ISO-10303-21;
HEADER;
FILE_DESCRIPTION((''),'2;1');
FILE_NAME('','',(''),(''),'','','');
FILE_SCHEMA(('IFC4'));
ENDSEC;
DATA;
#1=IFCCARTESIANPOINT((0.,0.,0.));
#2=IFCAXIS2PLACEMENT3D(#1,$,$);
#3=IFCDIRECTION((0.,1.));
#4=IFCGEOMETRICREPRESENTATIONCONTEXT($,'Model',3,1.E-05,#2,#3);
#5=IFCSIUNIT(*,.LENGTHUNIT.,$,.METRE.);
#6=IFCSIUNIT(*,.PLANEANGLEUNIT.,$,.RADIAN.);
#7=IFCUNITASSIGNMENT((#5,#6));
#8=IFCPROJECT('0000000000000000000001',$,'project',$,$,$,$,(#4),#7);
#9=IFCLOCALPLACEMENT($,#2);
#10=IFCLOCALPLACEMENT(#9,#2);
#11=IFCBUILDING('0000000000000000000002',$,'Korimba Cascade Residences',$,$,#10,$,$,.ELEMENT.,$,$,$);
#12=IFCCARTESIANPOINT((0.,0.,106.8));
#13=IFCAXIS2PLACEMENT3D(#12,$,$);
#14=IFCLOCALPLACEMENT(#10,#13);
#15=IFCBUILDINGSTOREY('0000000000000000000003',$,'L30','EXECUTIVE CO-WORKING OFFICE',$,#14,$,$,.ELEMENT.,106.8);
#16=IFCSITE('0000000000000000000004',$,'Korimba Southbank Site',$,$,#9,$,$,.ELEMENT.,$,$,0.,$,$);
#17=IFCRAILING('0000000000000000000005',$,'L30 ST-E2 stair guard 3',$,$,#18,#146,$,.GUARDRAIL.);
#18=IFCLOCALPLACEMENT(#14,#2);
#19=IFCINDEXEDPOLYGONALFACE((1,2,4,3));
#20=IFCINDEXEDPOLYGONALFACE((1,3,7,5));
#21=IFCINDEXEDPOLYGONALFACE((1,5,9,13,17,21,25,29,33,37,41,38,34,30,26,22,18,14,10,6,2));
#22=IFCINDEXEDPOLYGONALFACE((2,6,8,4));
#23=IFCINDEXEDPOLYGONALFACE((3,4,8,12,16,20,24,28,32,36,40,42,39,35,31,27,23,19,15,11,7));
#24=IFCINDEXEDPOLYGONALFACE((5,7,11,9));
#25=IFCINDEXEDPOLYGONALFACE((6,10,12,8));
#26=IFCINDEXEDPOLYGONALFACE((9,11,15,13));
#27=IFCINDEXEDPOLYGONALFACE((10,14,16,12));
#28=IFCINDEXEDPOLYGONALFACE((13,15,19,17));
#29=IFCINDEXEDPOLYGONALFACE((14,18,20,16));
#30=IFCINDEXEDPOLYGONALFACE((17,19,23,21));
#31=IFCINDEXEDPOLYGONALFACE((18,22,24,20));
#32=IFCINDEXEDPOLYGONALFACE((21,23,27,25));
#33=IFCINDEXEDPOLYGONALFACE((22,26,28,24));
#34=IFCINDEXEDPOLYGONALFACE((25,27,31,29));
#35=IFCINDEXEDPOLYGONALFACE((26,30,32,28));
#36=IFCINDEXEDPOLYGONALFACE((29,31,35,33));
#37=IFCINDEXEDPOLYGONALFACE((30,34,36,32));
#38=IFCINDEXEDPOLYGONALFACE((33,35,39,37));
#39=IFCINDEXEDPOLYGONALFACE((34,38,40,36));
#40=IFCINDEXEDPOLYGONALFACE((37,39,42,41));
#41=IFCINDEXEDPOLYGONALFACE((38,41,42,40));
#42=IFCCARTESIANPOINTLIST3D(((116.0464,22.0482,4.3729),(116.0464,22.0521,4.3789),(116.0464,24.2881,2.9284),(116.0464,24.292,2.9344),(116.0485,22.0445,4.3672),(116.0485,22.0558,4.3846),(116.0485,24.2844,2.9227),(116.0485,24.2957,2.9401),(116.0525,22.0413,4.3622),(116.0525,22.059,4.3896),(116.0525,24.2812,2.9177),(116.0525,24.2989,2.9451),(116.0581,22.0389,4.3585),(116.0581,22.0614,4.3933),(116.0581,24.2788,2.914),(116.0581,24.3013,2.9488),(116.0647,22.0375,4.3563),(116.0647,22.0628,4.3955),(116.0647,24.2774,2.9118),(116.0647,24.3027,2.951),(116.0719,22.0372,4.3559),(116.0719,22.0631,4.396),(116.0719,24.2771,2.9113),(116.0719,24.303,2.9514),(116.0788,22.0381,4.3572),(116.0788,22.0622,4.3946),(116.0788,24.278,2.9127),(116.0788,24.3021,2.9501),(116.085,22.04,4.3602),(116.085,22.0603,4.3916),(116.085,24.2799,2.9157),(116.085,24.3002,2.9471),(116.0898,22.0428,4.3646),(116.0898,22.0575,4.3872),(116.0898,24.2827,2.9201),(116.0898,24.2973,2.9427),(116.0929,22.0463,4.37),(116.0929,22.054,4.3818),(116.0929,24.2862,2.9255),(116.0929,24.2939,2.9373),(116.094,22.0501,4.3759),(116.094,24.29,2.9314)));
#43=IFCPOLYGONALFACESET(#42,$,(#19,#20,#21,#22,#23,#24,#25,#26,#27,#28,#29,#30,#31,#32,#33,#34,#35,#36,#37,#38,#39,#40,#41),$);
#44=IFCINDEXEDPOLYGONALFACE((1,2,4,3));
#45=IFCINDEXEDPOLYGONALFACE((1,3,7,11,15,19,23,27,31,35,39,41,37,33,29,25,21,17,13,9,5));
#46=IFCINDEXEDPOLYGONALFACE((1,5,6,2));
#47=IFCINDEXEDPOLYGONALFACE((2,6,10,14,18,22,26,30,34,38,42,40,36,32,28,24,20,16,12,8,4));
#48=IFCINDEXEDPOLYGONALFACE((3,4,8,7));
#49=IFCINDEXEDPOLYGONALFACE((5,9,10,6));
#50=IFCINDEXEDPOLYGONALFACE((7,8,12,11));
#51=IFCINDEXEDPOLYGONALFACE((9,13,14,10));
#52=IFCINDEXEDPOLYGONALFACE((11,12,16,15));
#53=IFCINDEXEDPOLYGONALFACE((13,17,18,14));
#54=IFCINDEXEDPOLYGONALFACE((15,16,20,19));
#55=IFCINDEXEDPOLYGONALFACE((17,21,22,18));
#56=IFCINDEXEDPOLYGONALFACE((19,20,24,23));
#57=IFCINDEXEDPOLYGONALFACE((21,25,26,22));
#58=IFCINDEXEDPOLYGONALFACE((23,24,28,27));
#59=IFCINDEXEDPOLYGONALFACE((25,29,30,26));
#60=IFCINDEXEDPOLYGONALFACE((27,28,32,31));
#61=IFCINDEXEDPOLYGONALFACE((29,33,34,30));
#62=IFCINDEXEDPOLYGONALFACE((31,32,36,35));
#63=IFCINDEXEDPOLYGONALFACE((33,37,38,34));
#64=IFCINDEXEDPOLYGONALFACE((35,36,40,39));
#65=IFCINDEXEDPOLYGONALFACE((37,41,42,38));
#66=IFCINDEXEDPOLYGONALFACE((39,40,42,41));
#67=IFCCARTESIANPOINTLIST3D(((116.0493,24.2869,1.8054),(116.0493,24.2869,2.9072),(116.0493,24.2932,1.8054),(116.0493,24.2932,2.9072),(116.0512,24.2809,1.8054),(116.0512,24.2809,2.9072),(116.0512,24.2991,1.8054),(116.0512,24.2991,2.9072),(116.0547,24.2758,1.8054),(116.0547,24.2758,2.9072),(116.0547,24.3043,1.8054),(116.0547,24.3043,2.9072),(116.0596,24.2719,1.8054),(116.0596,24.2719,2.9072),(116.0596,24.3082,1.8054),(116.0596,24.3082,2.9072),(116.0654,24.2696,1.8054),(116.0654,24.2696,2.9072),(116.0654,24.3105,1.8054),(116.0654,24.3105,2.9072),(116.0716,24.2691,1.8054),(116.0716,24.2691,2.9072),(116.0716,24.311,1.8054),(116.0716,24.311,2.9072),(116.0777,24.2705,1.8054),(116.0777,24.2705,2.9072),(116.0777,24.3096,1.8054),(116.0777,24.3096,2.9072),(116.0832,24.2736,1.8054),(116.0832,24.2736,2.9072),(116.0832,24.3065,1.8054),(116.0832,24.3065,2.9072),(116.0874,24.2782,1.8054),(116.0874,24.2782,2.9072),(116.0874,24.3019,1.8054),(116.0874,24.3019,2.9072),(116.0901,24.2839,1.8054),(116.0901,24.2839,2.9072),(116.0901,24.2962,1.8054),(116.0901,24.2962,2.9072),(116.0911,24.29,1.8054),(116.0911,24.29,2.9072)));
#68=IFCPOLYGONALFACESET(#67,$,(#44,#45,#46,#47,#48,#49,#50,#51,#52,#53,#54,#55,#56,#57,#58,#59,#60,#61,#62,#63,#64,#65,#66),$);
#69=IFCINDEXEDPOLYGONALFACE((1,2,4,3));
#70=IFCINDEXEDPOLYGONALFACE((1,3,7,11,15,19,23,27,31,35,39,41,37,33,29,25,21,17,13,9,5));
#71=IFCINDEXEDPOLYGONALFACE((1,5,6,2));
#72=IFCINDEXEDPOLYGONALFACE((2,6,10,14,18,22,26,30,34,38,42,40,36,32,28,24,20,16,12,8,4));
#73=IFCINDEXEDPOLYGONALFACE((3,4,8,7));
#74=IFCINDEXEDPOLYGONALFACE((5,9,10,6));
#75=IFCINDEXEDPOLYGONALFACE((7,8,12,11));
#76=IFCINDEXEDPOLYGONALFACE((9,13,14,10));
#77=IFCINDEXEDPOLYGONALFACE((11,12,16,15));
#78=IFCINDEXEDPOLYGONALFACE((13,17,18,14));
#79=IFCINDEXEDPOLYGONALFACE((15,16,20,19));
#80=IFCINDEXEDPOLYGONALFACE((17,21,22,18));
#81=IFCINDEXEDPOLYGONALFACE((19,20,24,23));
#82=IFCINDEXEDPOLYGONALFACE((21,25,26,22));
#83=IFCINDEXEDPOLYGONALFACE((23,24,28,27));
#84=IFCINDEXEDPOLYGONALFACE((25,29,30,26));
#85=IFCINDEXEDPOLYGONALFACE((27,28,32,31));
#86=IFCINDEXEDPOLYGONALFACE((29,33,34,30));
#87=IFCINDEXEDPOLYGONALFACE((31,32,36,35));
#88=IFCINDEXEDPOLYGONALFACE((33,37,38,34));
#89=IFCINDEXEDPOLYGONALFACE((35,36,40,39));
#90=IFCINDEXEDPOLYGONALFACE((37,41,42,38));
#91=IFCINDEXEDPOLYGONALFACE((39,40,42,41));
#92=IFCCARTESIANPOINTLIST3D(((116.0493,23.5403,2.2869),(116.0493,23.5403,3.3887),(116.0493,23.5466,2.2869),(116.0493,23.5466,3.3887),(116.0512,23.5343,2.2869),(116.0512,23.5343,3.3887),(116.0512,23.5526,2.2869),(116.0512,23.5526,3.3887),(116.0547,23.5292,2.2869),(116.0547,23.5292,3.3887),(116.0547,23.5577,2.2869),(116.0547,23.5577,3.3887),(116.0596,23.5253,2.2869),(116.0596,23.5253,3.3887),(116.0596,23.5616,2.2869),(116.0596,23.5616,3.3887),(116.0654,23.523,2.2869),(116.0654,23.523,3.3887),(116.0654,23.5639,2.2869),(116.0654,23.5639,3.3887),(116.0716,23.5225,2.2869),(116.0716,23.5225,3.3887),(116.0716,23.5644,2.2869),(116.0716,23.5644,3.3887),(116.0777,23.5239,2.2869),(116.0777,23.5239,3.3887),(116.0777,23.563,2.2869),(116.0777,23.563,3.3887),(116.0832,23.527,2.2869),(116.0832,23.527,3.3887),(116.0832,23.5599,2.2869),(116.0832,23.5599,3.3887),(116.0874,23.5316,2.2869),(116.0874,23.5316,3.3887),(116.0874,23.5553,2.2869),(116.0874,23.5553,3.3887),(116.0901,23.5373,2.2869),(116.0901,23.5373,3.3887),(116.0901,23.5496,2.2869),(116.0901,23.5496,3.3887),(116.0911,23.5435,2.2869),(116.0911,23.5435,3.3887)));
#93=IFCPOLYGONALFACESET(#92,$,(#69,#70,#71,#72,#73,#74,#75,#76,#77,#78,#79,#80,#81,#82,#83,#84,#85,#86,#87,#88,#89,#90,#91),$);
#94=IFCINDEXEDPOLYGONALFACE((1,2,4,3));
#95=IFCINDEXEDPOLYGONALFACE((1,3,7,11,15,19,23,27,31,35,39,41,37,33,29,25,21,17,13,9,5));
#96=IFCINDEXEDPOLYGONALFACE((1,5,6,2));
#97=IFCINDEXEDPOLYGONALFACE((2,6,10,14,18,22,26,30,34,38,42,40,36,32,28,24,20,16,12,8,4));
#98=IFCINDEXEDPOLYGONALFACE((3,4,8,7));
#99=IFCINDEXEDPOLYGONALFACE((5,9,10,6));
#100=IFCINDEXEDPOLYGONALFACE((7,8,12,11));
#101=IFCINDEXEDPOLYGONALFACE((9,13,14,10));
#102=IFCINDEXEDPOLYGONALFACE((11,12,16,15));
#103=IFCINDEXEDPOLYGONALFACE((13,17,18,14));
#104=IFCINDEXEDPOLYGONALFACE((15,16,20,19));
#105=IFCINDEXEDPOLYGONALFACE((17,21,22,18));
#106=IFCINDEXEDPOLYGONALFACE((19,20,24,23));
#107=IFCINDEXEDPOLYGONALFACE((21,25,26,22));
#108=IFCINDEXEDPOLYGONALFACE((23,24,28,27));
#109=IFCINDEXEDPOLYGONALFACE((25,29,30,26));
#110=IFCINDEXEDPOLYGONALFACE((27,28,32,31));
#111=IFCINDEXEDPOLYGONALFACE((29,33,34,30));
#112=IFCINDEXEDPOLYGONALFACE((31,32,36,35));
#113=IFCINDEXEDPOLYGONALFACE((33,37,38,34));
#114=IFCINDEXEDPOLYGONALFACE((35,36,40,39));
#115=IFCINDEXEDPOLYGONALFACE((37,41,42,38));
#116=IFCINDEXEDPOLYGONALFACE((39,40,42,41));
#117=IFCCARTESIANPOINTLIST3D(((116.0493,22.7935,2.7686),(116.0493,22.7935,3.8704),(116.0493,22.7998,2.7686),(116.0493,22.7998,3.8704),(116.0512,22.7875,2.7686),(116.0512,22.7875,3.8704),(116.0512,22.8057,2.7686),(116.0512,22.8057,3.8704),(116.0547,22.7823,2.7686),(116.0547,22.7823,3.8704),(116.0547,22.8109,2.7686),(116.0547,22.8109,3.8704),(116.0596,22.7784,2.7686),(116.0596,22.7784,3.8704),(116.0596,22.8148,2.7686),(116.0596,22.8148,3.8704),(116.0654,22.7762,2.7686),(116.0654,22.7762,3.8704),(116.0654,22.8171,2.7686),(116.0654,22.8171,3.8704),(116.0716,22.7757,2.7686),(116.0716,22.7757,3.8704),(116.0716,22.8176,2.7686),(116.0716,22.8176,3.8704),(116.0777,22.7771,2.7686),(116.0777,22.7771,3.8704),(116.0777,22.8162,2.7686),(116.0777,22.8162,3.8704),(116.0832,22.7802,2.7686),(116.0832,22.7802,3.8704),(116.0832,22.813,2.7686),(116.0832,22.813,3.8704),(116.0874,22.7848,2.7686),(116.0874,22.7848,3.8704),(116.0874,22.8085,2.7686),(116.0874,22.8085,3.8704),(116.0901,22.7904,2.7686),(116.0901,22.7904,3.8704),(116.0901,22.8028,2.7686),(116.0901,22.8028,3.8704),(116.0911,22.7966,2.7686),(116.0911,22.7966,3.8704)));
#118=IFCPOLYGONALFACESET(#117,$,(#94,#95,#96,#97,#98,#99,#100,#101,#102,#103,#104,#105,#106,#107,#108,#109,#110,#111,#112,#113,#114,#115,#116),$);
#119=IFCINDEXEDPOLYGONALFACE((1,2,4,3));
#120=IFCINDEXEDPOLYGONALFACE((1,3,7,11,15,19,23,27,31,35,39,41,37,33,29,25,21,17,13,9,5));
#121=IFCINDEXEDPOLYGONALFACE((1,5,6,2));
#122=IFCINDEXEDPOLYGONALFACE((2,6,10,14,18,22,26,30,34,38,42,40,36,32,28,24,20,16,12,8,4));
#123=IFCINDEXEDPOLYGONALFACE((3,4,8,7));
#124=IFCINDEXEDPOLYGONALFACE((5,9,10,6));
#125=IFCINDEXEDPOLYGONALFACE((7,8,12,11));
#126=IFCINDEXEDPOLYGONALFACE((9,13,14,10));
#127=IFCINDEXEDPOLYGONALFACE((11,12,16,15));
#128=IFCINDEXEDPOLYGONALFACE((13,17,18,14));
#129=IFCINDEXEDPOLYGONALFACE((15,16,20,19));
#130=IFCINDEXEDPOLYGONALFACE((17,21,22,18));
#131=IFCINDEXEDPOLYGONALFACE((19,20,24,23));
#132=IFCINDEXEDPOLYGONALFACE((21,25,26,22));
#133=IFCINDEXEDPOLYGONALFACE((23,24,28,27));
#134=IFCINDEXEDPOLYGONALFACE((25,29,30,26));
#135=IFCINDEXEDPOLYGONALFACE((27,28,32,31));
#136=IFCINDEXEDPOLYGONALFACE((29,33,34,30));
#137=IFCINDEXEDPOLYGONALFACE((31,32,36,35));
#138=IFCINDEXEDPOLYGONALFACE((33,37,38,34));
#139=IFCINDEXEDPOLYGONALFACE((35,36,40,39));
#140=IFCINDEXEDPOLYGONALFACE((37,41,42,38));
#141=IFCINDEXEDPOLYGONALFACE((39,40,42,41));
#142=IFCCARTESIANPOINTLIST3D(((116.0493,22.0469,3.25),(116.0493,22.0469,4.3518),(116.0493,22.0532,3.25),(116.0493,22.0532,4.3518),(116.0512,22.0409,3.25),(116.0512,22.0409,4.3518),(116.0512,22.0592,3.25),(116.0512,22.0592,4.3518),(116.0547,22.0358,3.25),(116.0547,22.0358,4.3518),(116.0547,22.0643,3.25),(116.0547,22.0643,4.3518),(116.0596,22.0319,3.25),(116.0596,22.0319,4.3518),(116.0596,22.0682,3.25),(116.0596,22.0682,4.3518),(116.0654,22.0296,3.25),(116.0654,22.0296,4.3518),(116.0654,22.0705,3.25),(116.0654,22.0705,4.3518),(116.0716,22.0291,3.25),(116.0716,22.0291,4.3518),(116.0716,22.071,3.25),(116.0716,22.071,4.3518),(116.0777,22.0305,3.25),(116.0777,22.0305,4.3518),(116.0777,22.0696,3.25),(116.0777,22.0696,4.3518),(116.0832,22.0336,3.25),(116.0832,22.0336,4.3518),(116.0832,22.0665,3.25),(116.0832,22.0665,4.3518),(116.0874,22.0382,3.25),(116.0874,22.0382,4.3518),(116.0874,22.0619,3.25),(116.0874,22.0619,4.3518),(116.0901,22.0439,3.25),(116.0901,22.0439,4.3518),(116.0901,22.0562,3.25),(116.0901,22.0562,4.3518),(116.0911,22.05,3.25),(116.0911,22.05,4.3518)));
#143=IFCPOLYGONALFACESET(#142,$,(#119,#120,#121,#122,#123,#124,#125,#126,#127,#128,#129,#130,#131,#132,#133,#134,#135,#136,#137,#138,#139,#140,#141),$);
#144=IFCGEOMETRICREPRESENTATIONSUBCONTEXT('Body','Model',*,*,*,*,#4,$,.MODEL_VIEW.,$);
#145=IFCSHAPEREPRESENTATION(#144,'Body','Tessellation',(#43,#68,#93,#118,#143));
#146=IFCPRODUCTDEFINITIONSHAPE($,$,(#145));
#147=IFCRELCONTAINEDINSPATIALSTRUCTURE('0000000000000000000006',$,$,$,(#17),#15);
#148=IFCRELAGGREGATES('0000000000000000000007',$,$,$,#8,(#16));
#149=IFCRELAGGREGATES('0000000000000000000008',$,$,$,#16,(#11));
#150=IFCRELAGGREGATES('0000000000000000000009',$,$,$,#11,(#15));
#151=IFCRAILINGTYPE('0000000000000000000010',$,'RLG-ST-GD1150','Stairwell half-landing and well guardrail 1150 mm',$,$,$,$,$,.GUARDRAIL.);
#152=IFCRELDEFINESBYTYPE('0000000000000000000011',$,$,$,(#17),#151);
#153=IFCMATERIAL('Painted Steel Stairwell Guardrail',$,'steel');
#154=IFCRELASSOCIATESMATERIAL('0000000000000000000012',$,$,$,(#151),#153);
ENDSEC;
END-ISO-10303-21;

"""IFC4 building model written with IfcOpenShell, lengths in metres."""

from ifc_helpers import new_model, si_unit, direction, frame, origin, origin_2d, place, context, subcontext, project, spatial, circle, extrude, material, type_object, element, save


model = new_model("IFC4")

# Units and contexts
model_context = context("Model", 3, precision=1e-05, world=origin(), true_north=direction((0.0, 1.0)))
body_context = subcontext(model_context, "Body", "Model", "MODEL_VIEW")
ifc_project = project(units=[si_unit("LENGTHUNIT", "METRE"), si_unit("PLANEANGLEUNIT", "RADIAN")], contexts=[model_context])

# Site, building, storey
site_placement = place(None, origin())
site = spatial("IfcSite", under=ifc_project, at=site_placement, Name="Korimba Southbank Site", CompositionType="ELEMENT", RefElevation=0.0)
building_placement = place(site_placement, origin())
building = spatial("IfcBuilding", under=site, at=building_placement, Name="Korimba Cascade Residences", CompositionType="ELEMENT")
storey_placement = place(building_placement, frame((0.0, 0.0, 106.8)))
storey = spatial("IfcBuildingStorey", under=building, at=storey_placement, Name="L30", Description="EXECUTIVE CO-WORKING OFFICE", CompositionType="ELEMENT", Elevation=106.8)

# Railing
ifc_material_1 = material(Name="Painted Steel Stairwell Guardrail", Category="steel")
railing_type_1 = type_object("IfcRailingType", Name="RLG-ST-GD1150", Description="Stairwell half-landing and well guardrail 1150 mm", PredefinedType="GUARDRAIL", material=ifc_material_1)
railing_1_placement = place(storey_placement, frame((116.0701, 24.29, 1.8054)))
element("IfcRailing", 1, at=railing_1_placement, inside=storey, type_object=railing_type_1, Name="L30 ST-E2 stair guard 3", PredefinedType="GUARDRAIL", context=body_context, shape_type="SweptSolid", body=[
    extrude(circle(Radius=0.0239, at=origin_2d()), frame((0.0, 0.0, 1.126), z_axis=(0.0, -0.840395, 0.541975), x_axis=(1.0, 0.0, 0.0)), (0.0, 0.0, 1.0), 2.6653),
    extrude(circle(Radius=0.021, at=origin_2d()), origin(), (0.0, 0.0, 1.0), 1.1018),
    extrude(circle(Radius=0.021, at=origin_2d()), frame((0.0, -0.7466, 0.4814)), (0.0, 0.0, 1.0), 1.1018),
    extrude(circle(Radius=0.021, at=origin_2d()), frame((0.0, -1.4934, 0.9631)), (0.0, 0.0, 1.0), 1.1018),
    extrude(circle(Radius=0.021, at=origin_2d()), frame((0.0, -2.24, 1.4446)), (0.0, 0.0, 1.0), 1.1018),
])

save(model, "model.ifc")
